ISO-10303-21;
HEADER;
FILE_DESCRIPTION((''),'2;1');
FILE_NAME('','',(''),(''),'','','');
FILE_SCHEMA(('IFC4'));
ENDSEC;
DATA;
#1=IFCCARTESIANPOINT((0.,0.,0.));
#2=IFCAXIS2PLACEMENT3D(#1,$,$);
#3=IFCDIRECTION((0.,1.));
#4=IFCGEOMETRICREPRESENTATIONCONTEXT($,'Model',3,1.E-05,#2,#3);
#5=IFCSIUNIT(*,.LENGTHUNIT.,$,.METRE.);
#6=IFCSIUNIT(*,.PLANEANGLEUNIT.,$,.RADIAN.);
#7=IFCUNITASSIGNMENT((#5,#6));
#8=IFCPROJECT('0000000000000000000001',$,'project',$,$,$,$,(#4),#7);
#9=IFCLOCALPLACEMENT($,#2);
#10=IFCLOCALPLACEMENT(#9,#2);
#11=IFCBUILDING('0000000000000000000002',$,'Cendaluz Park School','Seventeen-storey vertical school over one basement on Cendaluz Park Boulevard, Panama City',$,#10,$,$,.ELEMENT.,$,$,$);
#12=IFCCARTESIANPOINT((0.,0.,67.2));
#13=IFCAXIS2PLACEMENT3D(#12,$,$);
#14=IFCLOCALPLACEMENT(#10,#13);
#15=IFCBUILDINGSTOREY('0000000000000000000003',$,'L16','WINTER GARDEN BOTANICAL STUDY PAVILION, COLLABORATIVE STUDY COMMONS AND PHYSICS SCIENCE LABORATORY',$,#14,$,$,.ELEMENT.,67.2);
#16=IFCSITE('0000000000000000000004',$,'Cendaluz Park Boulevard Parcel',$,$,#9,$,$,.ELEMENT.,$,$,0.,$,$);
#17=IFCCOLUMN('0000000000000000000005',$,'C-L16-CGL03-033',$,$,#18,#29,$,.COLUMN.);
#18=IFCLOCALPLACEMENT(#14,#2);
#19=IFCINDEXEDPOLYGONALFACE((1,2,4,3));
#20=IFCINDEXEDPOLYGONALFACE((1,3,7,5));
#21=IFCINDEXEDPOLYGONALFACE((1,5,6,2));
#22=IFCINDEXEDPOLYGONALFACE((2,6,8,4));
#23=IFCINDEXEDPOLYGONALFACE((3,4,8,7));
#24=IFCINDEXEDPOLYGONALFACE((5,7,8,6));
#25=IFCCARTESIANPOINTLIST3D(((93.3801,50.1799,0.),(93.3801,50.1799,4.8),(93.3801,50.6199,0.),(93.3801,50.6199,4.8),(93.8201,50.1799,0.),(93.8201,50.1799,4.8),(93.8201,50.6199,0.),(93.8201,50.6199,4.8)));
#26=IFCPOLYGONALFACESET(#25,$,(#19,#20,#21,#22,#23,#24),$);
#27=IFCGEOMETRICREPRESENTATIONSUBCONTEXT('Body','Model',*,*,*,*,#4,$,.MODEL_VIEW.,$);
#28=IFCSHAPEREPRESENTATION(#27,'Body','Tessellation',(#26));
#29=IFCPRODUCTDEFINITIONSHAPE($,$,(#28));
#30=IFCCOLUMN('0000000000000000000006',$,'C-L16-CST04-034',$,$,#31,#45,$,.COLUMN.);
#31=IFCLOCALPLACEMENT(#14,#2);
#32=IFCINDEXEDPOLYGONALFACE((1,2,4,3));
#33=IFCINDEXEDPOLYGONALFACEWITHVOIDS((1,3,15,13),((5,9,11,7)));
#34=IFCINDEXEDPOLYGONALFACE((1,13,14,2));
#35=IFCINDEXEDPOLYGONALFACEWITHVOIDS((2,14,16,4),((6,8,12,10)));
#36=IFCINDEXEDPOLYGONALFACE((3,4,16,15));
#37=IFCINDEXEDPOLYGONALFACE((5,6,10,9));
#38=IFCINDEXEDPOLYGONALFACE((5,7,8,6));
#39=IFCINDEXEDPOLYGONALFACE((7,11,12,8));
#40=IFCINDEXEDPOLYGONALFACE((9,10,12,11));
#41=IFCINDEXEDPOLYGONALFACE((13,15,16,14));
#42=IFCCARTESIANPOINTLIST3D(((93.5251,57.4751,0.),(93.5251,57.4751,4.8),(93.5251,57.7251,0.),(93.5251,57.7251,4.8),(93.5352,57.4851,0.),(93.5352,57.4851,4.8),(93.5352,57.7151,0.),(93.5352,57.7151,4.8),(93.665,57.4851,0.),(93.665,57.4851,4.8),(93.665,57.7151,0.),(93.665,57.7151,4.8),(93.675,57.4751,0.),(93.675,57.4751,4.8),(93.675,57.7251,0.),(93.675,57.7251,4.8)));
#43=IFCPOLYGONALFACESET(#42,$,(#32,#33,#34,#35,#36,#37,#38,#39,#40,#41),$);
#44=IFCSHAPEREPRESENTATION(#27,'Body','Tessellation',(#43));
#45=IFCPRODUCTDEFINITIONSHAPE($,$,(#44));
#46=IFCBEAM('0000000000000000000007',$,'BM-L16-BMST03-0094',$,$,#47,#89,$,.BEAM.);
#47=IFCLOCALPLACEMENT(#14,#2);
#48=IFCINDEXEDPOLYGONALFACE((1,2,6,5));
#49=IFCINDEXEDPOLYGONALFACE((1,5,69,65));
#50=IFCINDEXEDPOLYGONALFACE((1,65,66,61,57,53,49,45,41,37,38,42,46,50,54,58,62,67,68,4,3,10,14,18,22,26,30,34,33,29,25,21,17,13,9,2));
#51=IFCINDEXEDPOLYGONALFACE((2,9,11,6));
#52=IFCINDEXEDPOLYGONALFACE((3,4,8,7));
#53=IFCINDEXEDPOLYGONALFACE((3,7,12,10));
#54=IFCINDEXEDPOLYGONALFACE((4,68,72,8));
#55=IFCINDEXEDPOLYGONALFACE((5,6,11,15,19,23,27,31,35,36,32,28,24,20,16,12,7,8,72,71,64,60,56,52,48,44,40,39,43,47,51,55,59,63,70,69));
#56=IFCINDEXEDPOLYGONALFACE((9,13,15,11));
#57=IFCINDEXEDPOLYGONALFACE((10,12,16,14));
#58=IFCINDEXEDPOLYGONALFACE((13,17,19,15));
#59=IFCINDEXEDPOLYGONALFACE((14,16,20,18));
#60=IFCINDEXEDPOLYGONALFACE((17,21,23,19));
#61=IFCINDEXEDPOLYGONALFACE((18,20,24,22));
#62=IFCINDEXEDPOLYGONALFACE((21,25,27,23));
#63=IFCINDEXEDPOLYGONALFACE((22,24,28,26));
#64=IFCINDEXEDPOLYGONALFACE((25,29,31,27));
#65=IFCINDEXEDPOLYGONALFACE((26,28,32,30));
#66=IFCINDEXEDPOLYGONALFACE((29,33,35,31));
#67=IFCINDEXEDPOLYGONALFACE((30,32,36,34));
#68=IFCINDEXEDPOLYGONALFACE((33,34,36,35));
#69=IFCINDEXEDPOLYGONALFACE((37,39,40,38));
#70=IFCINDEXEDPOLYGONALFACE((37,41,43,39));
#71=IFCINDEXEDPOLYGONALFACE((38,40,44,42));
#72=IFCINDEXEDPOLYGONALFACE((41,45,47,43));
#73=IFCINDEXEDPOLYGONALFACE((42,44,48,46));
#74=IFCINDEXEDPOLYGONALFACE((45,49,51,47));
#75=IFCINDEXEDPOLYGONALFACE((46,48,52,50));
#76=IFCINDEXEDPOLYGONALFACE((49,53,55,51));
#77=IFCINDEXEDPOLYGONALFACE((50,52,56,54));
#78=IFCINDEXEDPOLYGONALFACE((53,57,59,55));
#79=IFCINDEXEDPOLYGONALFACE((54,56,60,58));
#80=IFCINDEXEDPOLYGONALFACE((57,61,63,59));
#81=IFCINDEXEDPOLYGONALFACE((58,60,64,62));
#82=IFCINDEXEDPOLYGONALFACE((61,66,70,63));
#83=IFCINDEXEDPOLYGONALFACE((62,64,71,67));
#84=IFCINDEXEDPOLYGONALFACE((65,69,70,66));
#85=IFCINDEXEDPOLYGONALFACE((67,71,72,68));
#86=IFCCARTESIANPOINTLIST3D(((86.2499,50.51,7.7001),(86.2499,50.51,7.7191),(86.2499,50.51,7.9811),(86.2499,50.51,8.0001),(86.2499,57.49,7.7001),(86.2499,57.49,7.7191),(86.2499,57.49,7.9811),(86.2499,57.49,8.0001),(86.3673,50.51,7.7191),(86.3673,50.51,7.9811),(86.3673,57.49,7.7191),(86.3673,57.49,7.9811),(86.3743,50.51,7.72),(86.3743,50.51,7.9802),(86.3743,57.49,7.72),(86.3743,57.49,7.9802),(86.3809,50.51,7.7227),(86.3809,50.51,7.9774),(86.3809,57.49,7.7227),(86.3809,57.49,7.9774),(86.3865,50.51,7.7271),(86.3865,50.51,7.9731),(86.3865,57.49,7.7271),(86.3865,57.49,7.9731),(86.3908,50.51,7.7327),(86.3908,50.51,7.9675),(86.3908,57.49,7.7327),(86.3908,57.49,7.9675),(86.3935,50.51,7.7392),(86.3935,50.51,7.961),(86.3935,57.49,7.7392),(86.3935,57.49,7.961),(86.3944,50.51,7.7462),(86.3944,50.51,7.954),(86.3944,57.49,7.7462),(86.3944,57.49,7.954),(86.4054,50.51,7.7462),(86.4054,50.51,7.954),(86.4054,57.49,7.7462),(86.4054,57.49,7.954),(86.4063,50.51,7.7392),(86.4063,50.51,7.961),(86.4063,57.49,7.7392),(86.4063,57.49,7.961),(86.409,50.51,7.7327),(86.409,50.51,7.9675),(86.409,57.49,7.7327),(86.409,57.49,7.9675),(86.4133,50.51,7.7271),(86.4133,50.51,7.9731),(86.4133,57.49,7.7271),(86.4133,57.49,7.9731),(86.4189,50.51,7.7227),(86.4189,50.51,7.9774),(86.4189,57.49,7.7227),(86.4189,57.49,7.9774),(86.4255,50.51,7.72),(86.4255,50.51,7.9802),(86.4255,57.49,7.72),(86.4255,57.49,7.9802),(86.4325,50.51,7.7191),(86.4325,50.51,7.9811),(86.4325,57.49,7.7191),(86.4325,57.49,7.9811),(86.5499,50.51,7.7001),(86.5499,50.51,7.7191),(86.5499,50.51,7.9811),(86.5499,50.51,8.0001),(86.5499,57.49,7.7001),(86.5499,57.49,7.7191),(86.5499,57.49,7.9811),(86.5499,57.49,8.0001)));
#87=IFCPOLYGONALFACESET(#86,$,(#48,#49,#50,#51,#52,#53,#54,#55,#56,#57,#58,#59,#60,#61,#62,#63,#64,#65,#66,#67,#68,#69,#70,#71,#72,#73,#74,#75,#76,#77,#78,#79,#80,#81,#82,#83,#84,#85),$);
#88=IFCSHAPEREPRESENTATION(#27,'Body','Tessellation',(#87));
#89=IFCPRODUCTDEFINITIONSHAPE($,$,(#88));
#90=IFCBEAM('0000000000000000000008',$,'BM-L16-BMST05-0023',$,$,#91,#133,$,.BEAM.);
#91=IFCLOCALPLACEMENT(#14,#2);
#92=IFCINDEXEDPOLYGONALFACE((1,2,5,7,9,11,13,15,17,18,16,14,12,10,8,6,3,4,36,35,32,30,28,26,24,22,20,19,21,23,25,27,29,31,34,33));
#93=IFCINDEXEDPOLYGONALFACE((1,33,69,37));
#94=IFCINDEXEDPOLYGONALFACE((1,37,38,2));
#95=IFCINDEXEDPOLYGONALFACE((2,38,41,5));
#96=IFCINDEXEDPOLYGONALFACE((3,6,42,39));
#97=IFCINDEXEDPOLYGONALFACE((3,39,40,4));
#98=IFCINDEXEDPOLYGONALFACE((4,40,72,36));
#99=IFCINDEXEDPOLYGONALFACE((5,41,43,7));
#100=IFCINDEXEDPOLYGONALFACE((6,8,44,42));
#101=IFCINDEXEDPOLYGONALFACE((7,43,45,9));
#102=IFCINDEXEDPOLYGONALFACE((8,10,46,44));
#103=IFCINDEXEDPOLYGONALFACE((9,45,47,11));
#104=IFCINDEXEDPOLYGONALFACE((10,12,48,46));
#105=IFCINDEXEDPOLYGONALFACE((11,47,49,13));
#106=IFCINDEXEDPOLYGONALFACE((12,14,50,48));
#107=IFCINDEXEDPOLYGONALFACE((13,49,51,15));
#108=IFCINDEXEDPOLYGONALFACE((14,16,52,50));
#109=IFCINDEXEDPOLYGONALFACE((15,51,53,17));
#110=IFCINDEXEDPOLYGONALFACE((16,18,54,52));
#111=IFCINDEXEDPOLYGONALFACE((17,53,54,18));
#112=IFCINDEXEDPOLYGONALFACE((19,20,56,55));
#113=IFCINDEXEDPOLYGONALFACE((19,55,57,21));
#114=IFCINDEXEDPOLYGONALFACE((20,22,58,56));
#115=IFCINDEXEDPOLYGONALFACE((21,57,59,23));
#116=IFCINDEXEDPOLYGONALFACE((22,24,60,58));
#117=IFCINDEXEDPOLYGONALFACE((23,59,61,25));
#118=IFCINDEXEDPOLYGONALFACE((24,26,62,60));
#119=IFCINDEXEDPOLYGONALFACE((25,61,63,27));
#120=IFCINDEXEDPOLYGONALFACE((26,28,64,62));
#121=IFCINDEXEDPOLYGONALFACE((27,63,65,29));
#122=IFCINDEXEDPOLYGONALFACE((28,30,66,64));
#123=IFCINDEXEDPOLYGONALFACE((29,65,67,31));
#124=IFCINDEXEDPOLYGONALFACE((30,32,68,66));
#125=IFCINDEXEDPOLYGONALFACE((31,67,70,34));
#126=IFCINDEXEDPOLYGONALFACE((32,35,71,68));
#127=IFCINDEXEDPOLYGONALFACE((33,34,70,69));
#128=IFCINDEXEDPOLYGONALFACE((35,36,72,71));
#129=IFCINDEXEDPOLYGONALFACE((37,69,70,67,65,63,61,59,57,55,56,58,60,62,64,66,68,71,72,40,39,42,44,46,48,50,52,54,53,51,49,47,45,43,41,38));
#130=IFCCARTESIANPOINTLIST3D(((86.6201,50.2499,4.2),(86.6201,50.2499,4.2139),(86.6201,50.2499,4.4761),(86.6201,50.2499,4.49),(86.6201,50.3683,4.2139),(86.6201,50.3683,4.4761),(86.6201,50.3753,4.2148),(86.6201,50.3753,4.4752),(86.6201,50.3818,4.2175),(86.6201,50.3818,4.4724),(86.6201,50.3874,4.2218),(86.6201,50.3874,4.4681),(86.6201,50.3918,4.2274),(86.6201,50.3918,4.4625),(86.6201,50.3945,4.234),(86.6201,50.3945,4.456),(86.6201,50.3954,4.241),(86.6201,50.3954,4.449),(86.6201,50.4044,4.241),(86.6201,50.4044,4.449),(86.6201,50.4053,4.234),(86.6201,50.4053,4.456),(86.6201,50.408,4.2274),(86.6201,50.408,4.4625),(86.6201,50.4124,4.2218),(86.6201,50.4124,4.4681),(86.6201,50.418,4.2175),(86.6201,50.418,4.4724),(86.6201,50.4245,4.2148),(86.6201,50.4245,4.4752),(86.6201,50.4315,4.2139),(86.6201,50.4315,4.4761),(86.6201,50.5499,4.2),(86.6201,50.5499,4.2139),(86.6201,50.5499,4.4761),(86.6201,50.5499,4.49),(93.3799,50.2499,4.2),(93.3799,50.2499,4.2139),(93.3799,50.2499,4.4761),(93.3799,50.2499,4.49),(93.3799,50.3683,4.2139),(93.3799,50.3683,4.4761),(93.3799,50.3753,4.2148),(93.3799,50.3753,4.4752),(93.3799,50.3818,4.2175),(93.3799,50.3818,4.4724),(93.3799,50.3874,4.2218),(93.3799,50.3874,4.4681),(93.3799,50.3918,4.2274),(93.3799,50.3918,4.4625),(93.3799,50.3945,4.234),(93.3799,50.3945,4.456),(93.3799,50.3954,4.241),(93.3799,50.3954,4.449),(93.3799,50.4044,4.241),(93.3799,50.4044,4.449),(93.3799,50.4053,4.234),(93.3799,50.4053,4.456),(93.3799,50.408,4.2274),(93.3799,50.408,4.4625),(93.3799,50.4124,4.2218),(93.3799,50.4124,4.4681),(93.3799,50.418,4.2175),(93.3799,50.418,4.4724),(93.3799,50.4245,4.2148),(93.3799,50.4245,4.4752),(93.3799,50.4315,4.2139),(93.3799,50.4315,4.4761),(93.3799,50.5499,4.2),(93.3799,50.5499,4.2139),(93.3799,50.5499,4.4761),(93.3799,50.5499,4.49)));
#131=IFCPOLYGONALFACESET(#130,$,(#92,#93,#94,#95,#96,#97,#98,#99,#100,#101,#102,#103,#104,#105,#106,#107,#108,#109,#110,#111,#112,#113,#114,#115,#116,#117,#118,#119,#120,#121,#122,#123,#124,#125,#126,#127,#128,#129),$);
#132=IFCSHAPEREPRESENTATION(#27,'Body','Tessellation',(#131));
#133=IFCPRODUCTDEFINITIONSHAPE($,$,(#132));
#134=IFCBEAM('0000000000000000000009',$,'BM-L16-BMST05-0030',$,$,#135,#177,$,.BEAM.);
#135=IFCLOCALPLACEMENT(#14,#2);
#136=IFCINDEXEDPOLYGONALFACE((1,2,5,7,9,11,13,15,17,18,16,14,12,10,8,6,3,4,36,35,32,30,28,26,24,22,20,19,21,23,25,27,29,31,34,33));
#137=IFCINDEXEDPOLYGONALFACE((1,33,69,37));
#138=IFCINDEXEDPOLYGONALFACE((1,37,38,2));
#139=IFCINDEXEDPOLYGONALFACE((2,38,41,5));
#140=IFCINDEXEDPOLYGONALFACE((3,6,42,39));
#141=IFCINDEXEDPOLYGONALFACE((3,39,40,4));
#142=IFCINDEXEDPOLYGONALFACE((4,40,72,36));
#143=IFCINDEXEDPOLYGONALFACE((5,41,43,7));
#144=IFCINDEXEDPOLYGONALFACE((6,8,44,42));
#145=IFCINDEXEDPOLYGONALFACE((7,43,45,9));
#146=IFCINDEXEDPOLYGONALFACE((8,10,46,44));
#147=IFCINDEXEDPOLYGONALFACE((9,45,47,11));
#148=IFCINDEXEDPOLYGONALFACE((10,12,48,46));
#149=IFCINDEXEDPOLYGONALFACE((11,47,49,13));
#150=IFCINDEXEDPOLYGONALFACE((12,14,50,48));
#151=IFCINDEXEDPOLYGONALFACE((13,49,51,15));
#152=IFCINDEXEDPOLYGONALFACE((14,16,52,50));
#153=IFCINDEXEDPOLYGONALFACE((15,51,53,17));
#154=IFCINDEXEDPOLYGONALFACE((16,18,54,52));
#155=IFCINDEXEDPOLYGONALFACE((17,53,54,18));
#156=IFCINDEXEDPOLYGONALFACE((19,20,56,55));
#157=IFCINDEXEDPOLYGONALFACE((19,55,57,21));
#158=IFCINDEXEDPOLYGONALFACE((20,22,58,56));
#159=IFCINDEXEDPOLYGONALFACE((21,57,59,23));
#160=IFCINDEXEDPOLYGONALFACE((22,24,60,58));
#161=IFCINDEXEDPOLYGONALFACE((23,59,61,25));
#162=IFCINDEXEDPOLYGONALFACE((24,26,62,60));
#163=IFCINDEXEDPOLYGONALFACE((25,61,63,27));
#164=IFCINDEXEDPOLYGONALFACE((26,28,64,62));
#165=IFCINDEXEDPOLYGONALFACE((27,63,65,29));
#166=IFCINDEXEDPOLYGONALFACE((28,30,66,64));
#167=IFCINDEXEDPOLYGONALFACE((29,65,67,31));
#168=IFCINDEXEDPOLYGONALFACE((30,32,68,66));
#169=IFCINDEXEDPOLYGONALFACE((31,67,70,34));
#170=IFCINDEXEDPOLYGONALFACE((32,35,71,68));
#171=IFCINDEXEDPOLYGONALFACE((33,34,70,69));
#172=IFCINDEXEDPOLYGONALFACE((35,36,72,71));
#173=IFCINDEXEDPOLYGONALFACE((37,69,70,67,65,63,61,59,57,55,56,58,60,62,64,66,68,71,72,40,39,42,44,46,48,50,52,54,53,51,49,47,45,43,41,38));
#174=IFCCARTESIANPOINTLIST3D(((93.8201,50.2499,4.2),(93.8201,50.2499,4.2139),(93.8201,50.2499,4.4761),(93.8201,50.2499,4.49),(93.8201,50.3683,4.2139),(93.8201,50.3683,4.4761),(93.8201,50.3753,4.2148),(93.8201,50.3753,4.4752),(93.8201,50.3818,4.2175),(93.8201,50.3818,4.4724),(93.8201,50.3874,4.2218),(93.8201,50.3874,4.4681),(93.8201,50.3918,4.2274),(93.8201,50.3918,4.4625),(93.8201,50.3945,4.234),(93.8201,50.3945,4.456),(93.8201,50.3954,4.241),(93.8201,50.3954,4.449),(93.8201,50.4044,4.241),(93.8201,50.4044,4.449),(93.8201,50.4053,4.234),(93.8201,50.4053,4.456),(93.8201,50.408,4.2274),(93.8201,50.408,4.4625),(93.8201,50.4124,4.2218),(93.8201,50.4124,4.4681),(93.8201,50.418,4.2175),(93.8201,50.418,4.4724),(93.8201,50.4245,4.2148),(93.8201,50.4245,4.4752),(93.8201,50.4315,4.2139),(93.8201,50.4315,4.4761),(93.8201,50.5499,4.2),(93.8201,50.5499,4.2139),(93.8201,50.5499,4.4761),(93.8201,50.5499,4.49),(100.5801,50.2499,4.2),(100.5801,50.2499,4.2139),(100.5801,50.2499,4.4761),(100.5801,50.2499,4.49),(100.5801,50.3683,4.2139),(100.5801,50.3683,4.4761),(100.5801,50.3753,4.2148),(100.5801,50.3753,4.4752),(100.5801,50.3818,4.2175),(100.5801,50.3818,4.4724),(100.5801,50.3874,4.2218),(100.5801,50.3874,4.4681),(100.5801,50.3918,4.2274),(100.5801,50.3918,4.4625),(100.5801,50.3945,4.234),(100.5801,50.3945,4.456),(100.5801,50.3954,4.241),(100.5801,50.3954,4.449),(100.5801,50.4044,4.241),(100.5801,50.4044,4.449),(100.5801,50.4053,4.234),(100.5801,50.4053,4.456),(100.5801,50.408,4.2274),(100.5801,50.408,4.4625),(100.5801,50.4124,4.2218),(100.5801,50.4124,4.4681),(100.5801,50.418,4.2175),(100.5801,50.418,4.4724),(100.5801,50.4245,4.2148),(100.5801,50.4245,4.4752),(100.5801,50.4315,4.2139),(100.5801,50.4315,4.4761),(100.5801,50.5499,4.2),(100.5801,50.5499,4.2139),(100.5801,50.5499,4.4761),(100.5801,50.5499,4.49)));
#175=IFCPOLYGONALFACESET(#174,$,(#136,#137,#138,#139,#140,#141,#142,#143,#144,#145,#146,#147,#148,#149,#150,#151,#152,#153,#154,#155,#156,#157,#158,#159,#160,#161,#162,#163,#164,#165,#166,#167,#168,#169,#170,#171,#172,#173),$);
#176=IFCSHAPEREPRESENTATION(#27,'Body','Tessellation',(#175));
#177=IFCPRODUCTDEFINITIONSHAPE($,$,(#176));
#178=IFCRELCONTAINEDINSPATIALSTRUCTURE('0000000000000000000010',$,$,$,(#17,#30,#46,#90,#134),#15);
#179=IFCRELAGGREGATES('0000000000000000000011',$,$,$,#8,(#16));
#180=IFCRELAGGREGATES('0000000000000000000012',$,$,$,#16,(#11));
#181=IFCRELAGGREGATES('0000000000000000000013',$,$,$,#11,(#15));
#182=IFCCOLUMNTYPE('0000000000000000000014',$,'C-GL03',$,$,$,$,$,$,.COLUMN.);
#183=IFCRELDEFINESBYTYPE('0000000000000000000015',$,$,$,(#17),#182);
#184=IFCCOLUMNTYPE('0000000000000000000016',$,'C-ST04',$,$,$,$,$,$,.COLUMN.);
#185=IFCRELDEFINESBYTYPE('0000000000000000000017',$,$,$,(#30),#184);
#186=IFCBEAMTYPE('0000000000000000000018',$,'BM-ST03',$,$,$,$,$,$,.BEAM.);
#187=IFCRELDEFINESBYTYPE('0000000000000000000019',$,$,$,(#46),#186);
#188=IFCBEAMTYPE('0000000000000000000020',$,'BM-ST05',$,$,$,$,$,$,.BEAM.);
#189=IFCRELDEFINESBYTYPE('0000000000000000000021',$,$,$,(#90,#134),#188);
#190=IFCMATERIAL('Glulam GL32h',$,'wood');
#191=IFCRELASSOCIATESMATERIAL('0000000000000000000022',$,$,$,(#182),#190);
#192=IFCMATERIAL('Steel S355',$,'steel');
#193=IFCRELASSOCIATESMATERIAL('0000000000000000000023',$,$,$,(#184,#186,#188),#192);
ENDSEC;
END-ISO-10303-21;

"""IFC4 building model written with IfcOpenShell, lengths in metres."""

from ifc_helpers import new_model, si_unit, direction, frame, origin, origin_2d, place, context, subcontext, project, spatial, rectangle, hollow_rectangle, i_section, extrude, material, material_profile, profile_set, type_object, element, save


model = new_model("IFC4")

# Units and contexts
model_context = context("Model", 3, precision=1e-05, world=origin(), true_north=direction((0.0, 1.0)))
body_context = subcontext(model_context, "Body", "Model", "MODEL_VIEW")
ifc_project = project(units=[si_unit("LENGTHUNIT", "METRE"), si_unit("PLANEANGLEUNIT", "RADIAN")], contexts=[model_context])

# Site, building, storey
site_placement = place(None, origin())
site = spatial("IfcSite", under=ifc_project, at=site_placement, Name="Cendaluz Park Boulevard Parcel", CompositionType="ELEMENT", RefElevation=0.0)
building_placement = place(site_placement, origin())
building = spatial("IfcBuilding", under=site, at=building_placement, Name="Cendaluz Park School", Description="Seventeen-storey vertical school over one basement on Cendaluz Park Boulevard, Panama City", CompositionType="ELEMENT")
storey_placement = place(building_placement, frame((0.0, 0.0, 67.2)))
storey = spatial("IfcBuildingStorey", under=building, at=storey_placement, Name="L16", Description="WINTER GARDEN BOTANICAL STUDY PAVILION, COLLABORATIVE STUDY COMMONS AND PHYSICS SCIENCE LABORATORY", CompositionType="ELEMENT", Elevation=67.2)

# Columns
ifc_material_1 = material(Name="Glulam GL32h", Category="wood")
ifc_material_profile_1 = material_profile(ifc_material_1, rectangle(XDim=0.4399, YDim=0.4399, at=origin_2d()), Name="GL32h 440x440", Category="wood")
ifc_profile_set_1 = profile_set([ifc_material_profile_1], Name="Glulam GL32h")
column_type_1 = type_object("IfcColumnType", Name="C-GL03", PredefinedType="COLUMN", material=ifc_profile_set_1)
column_1_placement = place(storey_placement, frame((93.6001, 50.3999, 0.0), z_axis=(0.0, 0.0, 1.0), x_axis=(1.0, 0.0, 0.0)))
element("IfcColumn", 1, at=column_1_placement, inside=storey, type_object=column_type_1, Name="C-L16-CGL03-033", PredefinedType="COLUMN", context=body_context, shape_type="SweptSolid", body=[
    extrude(rectangle(XDim=0.4399, YDim=0.4399, at=origin_2d()), origin(), (0.0, 0.0, 1.0), 4.8),
])
ifc_material_2 = material(Name="Steel S355", Category="steel")
ifc_material_profile_2 = material_profile(ifc_material_2, hollow_rectangle(XDim=0.1499, YDim=0.25, WallThickness=0.01, at=origin_2d()), Name="RHS 250x150x10", Category="steel")
ifc_profile_set_2 = profile_set([ifc_material_profile_2], Name="Steel S355")
column_type_2 = type_object("IfcColumnType", Name="C-ST04", PredefinedType="COLUMN", material=ifc_profile_set_2)
column_2_placement = place(storey_placement, frame((93.6001, 57.6001, 0.0), z_axis=(0.0, 0.0, 1.0), x_axis=(1.0, 0.0, 0.0)))
element("IfcColumn", 2, at=column_2_placement, inside=storey, type_object=column_type_2, Name="C-L16-CST04-034", PredefinedType="COLUMN", context=body_context, shape_type="SweptSolid", body=[
    extrude(hollow_rectangle(XDim=0.1499, YDim=0.25, WallThickness=0.01, at=origin_2d()), origin(), (0.0, 0.0, 1.0), 4.8),
])

# Beams
ifc_material_profile_3 = material_profile(ifc_material_2, i_section(OverallWidth=0.3, OverallDepth=0.3, WebThickness=0.011, FlangeThickness=0.019, FilletRadius=0.0271, at=origin_2d()), Name="HEB 300", Category="steel")
ifc_profile_set_3 = profile_set([ifc_material_profile_3], Name="Steel S355")
beam_type_1 = type_object("IfcBeamType", Name="BM-ST03", PredefinedType="BEAM", material=ifc_profile_set_3)
beam_1_placement = place(storey_placement, frame((86.3999, 50.51, 7.8501), z_axis=(0.0, 1.0, 0.0), x_axis=(-1.0, 0.0, 0.0)))
element("IfcBeam", 3, at=beam_1_placement, inside=storey, type_object=beam_type_1, Name="BM-L16-BMST03-0094", PredefinedType="BEAM", context=body_context, shape_type="SweptSolid", body=[
    extrude(i_section(OverallWidth=0.3, OverallDepth=0.3, WebThickness=0.011, FlangeThickness=0.019, FilletRadius=0.0271, at=origin_2d()), origin(), (0.0, 0.0, 1.0), 6.98),
])
ifc_material_profile_4 = material_profile(ifc_material_2, i_section(OverallWidth=0.3, OverallDepth=0.29, WebThickness=0.009, FlangeThickness=0.0139, FilletRadius=0.0271, at=origin_2d()), Name="HEA 300", Category="steel")
ifc_profile_set_4 = profile_set([ifc_material_profile_4], Name="Steel S355")
beam_type_2 = type_object("IfcBeamType", Name="BM-ST05", PredefinedType="BEAM", material=ifc_profile_set_4)
beam_2_placement = place(storey_placement, frame((86.6201, 50.3999, 4.345), z_axis=(1.0, 0.0, 0.0), x_axis=(0.0, 1.0, 0.0)))
element("IfcBeam", 4, at=beam_2_placement, inside=storey, type_object=beam_type_2, Name="BM-L16-BMST05-0023", PredefinedType="BEAM", context=body_context, shape_type="SweptSolid", body=[
    extrude(i_section(OverallWidth=0.3, OverallDepth=0.29, WebThickness=0.009, FlangeThickness=0.0139, FilletRadius=0.0271, at=origin_2d()), origin(), (0.0, 0.0, 1.0), 6.7598),
])
beam_3_placement = place(storey_placement, frame((93.8201, 50.3999, 4.345), z_axis=(1.0, 0.0, 0.0), x_axis=(0.0, 1.0, 0.0)))
element("IfcBeam", 5, at=beam_3_placement, inside=storey, type_object=beam_type_2, Name="BM-L16-BMST05-0030", PredefinedType="BEAM", context=body_context, shape_type="SweptSolid", body=[
    extrude(i_section(OverallWidth=0.3, OverallDepth=0.29, WebThickness=0.009, FlangeThickness=0.0139, FilletRadius=0.0271, at=origin_2d()), origin(), (0.0, 0.0, 1.0), 6.76),
])

save(model, "model.ifc")
